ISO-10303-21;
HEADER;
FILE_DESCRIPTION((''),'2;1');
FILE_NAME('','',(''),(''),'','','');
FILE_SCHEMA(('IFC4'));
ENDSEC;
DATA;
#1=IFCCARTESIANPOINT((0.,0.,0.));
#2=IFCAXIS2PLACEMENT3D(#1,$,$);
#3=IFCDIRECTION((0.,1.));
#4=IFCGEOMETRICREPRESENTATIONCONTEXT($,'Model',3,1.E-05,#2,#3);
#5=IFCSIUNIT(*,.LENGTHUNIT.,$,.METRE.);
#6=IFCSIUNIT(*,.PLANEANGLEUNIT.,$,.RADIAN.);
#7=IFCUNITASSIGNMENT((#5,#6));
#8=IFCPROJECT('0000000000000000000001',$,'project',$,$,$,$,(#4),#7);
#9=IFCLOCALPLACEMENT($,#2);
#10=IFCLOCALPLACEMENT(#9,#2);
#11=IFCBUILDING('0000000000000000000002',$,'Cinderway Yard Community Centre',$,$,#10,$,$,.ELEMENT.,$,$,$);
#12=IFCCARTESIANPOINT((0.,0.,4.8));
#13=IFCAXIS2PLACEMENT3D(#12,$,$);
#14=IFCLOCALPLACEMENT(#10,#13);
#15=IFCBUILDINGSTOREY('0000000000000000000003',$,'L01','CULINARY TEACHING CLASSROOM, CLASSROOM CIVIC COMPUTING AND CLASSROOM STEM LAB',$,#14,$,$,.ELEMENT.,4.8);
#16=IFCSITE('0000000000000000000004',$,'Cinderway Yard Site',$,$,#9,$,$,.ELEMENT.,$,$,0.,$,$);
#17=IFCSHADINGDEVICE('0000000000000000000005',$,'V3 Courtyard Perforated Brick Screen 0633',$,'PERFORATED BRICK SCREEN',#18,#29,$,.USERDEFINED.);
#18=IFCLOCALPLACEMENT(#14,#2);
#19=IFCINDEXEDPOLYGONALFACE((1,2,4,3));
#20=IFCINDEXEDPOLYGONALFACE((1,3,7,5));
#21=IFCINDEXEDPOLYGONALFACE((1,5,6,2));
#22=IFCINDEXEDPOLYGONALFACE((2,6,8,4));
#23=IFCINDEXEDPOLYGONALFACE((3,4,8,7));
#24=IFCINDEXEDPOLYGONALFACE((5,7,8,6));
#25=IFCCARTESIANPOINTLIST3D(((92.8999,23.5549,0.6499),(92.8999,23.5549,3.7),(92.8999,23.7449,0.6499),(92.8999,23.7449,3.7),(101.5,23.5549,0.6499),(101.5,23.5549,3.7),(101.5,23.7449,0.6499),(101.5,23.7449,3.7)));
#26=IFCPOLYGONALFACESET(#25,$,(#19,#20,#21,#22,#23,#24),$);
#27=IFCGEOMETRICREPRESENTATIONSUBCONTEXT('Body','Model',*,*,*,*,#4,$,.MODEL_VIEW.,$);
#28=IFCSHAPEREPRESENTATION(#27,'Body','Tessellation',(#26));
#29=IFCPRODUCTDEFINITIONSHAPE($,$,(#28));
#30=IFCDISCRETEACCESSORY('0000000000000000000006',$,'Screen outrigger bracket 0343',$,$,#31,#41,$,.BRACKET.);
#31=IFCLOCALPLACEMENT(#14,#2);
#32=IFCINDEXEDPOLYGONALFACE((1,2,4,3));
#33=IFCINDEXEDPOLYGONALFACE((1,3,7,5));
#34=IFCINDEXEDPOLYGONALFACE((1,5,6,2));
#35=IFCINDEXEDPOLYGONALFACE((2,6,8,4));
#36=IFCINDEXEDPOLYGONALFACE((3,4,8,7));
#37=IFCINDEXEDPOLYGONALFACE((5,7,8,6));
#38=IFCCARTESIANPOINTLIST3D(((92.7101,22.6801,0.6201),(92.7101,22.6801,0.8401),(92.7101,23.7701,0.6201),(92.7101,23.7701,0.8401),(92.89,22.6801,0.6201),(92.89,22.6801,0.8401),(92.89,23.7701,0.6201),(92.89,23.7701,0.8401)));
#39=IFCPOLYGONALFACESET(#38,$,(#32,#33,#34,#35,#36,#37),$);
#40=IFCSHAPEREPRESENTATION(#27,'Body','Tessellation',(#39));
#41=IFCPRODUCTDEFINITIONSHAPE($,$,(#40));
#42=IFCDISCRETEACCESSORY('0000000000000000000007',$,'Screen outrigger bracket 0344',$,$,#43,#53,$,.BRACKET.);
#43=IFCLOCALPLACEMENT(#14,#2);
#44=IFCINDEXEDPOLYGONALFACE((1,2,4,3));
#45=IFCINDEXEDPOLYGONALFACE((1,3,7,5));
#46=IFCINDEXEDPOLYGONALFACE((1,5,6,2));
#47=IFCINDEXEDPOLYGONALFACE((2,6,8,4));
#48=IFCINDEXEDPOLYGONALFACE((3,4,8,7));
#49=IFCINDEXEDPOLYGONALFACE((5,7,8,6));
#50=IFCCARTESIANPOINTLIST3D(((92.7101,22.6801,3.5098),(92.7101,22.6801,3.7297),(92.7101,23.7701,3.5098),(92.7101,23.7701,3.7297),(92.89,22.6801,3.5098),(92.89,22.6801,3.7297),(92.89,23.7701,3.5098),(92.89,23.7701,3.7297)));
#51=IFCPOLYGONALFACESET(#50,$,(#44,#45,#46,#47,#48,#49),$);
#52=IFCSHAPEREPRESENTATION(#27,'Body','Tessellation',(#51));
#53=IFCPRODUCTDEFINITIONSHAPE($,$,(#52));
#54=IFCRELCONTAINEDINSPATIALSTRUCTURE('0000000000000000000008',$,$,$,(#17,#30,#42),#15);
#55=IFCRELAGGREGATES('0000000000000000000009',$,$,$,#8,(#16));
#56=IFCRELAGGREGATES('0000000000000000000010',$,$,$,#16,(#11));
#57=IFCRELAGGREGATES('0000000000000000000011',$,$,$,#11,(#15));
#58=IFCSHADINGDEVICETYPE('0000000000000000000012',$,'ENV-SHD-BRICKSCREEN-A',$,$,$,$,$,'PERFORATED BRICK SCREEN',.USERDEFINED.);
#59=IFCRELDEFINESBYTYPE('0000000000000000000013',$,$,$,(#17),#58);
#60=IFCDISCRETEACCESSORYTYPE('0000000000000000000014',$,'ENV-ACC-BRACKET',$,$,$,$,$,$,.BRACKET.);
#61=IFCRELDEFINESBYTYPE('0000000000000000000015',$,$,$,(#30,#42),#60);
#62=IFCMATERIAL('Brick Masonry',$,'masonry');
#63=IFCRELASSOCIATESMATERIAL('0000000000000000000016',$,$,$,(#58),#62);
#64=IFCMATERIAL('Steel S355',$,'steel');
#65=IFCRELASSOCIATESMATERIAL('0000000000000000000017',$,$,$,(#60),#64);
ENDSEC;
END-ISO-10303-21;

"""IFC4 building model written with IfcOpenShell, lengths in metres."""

from ifc_helpers import new_model, si_unit, direction, frame, origin, origin_2d, place, context, subcontext, project, spatial, rectangle, extrude, material, type_object, element, save


model = new_model("IFC4")

# Units and contexts
model_context = context("Model", 3, precision=1e-05, world=origin(), true_north=direction((0.0, 1.0)))
body_context = subcontext(model_context, "Body", "Model", "MODEL_VIEW")
ifc_project = project(units=[si_unit("LENGTHUNIT", "METRE"), si_unit("PLANEANGLEUNIT", "RADIAN")], contexts=[model_context])

# Site, building, storey
site_placement = place(None, origin())
site = spatial("IfcSite", under=ifc_project, at=site_placement, Name="Cinderway Yard Site", CompositionType="ELEMENT", RefElevation=0.0)
building_placement = place(site_placement, origin())
building = spatial("IfcBuilding", under=site, at=building_placement, Name="Cinderway Yard Community Centre", CompositionType="ELEMENT")
storey_placement = place(building_placement, frame((0.0, 0.0, 4.8)))
storey = spatial("IfcBuildingStorey", under=building, at=storey_placement, Name="L01", Description="CULINARY TEACHING CLASSROOM, CLASSROOM CIVIC COMPUTING AND CLASSROOM STEM LAB", CompositionType="ELEMENT", Elevation=4.8)

# Shared definitions
ifc_material_1 = material(Name="Steel S355", Category="steel")

# Shared definitions
ifc_material_2 = material(Name="Brick Masonry", Category="masonry")

# Shading device
shading_device_type = type_object("IfcShadingDeviceType", Name="ENV-SHD-BRICKSCREEN-A", ElementType="PERFORATED BRICK SCREEN", PredefinedType="USERDEFINED", material=ifc_material_2)
for number, where, z_axis, x_axis, name in (
    (1, (97.2, 23.6499, 0.6499), (0.0, 0.0, 1.0), (1.0, 0.0, 0.0), "V3 Courtyard Perforated Brick Screen 0633"),
):
    element("IfcShadingDevice", number, at=place(storey_placement, frame(where, z_axis=z_axis, x_axis=x_axis)), inside=storey, type_object=shading_device_type, Name=name, ObjectType="PERFORATED BRICK SCREEN", PredefinedType="USERDEFINED", context=body_context, shape_type="SweptSolid", body=[
        extrude(rectangle(XDim=8.6001, YDim=0.1899, at=origin_2d()), origin(), (0.0, 0.0, 1.0), 3.05),
    ])

# Discrete accessories
discrete_accessory_type = type_object("IfcDiscreteAccessoryType", Name="ENV-ACC-BRACKET", PredefinedType="BRACKET", material=ifc_material_1)
for number, where, z_axis, x_axis, name in (
    (2, (92.8, 23.2251, 0.6201), (0.0, 0.0, 1.0), (0.0, 1.0, 0.0), "Screen outrigger bracket 0343"),
    (3, (92.8, 23.2251, 3.5098), (0.0, 0.0, 1.0), (0.0, 1.0, 0.0), "Screen outrigger bracket 0344"),
):
    element("IfcDiscreteAccessory", number, at=place(storey_placement, frame(where, z_axis=z_axis, x_axis=x_axis)), inside=storey, type_object=discrete_accessory_type, Name=name, PredefinedType="BRACKET", context=body_context, shape_type="SweptSolid", body=[
        extrude(rectangle(XDim=1.0901, YDim=0.1799, at=origin_2d()), origin(), (0.0, 0.0, 1.0), 0.22),
    ])

save(model, "model.ifc")
